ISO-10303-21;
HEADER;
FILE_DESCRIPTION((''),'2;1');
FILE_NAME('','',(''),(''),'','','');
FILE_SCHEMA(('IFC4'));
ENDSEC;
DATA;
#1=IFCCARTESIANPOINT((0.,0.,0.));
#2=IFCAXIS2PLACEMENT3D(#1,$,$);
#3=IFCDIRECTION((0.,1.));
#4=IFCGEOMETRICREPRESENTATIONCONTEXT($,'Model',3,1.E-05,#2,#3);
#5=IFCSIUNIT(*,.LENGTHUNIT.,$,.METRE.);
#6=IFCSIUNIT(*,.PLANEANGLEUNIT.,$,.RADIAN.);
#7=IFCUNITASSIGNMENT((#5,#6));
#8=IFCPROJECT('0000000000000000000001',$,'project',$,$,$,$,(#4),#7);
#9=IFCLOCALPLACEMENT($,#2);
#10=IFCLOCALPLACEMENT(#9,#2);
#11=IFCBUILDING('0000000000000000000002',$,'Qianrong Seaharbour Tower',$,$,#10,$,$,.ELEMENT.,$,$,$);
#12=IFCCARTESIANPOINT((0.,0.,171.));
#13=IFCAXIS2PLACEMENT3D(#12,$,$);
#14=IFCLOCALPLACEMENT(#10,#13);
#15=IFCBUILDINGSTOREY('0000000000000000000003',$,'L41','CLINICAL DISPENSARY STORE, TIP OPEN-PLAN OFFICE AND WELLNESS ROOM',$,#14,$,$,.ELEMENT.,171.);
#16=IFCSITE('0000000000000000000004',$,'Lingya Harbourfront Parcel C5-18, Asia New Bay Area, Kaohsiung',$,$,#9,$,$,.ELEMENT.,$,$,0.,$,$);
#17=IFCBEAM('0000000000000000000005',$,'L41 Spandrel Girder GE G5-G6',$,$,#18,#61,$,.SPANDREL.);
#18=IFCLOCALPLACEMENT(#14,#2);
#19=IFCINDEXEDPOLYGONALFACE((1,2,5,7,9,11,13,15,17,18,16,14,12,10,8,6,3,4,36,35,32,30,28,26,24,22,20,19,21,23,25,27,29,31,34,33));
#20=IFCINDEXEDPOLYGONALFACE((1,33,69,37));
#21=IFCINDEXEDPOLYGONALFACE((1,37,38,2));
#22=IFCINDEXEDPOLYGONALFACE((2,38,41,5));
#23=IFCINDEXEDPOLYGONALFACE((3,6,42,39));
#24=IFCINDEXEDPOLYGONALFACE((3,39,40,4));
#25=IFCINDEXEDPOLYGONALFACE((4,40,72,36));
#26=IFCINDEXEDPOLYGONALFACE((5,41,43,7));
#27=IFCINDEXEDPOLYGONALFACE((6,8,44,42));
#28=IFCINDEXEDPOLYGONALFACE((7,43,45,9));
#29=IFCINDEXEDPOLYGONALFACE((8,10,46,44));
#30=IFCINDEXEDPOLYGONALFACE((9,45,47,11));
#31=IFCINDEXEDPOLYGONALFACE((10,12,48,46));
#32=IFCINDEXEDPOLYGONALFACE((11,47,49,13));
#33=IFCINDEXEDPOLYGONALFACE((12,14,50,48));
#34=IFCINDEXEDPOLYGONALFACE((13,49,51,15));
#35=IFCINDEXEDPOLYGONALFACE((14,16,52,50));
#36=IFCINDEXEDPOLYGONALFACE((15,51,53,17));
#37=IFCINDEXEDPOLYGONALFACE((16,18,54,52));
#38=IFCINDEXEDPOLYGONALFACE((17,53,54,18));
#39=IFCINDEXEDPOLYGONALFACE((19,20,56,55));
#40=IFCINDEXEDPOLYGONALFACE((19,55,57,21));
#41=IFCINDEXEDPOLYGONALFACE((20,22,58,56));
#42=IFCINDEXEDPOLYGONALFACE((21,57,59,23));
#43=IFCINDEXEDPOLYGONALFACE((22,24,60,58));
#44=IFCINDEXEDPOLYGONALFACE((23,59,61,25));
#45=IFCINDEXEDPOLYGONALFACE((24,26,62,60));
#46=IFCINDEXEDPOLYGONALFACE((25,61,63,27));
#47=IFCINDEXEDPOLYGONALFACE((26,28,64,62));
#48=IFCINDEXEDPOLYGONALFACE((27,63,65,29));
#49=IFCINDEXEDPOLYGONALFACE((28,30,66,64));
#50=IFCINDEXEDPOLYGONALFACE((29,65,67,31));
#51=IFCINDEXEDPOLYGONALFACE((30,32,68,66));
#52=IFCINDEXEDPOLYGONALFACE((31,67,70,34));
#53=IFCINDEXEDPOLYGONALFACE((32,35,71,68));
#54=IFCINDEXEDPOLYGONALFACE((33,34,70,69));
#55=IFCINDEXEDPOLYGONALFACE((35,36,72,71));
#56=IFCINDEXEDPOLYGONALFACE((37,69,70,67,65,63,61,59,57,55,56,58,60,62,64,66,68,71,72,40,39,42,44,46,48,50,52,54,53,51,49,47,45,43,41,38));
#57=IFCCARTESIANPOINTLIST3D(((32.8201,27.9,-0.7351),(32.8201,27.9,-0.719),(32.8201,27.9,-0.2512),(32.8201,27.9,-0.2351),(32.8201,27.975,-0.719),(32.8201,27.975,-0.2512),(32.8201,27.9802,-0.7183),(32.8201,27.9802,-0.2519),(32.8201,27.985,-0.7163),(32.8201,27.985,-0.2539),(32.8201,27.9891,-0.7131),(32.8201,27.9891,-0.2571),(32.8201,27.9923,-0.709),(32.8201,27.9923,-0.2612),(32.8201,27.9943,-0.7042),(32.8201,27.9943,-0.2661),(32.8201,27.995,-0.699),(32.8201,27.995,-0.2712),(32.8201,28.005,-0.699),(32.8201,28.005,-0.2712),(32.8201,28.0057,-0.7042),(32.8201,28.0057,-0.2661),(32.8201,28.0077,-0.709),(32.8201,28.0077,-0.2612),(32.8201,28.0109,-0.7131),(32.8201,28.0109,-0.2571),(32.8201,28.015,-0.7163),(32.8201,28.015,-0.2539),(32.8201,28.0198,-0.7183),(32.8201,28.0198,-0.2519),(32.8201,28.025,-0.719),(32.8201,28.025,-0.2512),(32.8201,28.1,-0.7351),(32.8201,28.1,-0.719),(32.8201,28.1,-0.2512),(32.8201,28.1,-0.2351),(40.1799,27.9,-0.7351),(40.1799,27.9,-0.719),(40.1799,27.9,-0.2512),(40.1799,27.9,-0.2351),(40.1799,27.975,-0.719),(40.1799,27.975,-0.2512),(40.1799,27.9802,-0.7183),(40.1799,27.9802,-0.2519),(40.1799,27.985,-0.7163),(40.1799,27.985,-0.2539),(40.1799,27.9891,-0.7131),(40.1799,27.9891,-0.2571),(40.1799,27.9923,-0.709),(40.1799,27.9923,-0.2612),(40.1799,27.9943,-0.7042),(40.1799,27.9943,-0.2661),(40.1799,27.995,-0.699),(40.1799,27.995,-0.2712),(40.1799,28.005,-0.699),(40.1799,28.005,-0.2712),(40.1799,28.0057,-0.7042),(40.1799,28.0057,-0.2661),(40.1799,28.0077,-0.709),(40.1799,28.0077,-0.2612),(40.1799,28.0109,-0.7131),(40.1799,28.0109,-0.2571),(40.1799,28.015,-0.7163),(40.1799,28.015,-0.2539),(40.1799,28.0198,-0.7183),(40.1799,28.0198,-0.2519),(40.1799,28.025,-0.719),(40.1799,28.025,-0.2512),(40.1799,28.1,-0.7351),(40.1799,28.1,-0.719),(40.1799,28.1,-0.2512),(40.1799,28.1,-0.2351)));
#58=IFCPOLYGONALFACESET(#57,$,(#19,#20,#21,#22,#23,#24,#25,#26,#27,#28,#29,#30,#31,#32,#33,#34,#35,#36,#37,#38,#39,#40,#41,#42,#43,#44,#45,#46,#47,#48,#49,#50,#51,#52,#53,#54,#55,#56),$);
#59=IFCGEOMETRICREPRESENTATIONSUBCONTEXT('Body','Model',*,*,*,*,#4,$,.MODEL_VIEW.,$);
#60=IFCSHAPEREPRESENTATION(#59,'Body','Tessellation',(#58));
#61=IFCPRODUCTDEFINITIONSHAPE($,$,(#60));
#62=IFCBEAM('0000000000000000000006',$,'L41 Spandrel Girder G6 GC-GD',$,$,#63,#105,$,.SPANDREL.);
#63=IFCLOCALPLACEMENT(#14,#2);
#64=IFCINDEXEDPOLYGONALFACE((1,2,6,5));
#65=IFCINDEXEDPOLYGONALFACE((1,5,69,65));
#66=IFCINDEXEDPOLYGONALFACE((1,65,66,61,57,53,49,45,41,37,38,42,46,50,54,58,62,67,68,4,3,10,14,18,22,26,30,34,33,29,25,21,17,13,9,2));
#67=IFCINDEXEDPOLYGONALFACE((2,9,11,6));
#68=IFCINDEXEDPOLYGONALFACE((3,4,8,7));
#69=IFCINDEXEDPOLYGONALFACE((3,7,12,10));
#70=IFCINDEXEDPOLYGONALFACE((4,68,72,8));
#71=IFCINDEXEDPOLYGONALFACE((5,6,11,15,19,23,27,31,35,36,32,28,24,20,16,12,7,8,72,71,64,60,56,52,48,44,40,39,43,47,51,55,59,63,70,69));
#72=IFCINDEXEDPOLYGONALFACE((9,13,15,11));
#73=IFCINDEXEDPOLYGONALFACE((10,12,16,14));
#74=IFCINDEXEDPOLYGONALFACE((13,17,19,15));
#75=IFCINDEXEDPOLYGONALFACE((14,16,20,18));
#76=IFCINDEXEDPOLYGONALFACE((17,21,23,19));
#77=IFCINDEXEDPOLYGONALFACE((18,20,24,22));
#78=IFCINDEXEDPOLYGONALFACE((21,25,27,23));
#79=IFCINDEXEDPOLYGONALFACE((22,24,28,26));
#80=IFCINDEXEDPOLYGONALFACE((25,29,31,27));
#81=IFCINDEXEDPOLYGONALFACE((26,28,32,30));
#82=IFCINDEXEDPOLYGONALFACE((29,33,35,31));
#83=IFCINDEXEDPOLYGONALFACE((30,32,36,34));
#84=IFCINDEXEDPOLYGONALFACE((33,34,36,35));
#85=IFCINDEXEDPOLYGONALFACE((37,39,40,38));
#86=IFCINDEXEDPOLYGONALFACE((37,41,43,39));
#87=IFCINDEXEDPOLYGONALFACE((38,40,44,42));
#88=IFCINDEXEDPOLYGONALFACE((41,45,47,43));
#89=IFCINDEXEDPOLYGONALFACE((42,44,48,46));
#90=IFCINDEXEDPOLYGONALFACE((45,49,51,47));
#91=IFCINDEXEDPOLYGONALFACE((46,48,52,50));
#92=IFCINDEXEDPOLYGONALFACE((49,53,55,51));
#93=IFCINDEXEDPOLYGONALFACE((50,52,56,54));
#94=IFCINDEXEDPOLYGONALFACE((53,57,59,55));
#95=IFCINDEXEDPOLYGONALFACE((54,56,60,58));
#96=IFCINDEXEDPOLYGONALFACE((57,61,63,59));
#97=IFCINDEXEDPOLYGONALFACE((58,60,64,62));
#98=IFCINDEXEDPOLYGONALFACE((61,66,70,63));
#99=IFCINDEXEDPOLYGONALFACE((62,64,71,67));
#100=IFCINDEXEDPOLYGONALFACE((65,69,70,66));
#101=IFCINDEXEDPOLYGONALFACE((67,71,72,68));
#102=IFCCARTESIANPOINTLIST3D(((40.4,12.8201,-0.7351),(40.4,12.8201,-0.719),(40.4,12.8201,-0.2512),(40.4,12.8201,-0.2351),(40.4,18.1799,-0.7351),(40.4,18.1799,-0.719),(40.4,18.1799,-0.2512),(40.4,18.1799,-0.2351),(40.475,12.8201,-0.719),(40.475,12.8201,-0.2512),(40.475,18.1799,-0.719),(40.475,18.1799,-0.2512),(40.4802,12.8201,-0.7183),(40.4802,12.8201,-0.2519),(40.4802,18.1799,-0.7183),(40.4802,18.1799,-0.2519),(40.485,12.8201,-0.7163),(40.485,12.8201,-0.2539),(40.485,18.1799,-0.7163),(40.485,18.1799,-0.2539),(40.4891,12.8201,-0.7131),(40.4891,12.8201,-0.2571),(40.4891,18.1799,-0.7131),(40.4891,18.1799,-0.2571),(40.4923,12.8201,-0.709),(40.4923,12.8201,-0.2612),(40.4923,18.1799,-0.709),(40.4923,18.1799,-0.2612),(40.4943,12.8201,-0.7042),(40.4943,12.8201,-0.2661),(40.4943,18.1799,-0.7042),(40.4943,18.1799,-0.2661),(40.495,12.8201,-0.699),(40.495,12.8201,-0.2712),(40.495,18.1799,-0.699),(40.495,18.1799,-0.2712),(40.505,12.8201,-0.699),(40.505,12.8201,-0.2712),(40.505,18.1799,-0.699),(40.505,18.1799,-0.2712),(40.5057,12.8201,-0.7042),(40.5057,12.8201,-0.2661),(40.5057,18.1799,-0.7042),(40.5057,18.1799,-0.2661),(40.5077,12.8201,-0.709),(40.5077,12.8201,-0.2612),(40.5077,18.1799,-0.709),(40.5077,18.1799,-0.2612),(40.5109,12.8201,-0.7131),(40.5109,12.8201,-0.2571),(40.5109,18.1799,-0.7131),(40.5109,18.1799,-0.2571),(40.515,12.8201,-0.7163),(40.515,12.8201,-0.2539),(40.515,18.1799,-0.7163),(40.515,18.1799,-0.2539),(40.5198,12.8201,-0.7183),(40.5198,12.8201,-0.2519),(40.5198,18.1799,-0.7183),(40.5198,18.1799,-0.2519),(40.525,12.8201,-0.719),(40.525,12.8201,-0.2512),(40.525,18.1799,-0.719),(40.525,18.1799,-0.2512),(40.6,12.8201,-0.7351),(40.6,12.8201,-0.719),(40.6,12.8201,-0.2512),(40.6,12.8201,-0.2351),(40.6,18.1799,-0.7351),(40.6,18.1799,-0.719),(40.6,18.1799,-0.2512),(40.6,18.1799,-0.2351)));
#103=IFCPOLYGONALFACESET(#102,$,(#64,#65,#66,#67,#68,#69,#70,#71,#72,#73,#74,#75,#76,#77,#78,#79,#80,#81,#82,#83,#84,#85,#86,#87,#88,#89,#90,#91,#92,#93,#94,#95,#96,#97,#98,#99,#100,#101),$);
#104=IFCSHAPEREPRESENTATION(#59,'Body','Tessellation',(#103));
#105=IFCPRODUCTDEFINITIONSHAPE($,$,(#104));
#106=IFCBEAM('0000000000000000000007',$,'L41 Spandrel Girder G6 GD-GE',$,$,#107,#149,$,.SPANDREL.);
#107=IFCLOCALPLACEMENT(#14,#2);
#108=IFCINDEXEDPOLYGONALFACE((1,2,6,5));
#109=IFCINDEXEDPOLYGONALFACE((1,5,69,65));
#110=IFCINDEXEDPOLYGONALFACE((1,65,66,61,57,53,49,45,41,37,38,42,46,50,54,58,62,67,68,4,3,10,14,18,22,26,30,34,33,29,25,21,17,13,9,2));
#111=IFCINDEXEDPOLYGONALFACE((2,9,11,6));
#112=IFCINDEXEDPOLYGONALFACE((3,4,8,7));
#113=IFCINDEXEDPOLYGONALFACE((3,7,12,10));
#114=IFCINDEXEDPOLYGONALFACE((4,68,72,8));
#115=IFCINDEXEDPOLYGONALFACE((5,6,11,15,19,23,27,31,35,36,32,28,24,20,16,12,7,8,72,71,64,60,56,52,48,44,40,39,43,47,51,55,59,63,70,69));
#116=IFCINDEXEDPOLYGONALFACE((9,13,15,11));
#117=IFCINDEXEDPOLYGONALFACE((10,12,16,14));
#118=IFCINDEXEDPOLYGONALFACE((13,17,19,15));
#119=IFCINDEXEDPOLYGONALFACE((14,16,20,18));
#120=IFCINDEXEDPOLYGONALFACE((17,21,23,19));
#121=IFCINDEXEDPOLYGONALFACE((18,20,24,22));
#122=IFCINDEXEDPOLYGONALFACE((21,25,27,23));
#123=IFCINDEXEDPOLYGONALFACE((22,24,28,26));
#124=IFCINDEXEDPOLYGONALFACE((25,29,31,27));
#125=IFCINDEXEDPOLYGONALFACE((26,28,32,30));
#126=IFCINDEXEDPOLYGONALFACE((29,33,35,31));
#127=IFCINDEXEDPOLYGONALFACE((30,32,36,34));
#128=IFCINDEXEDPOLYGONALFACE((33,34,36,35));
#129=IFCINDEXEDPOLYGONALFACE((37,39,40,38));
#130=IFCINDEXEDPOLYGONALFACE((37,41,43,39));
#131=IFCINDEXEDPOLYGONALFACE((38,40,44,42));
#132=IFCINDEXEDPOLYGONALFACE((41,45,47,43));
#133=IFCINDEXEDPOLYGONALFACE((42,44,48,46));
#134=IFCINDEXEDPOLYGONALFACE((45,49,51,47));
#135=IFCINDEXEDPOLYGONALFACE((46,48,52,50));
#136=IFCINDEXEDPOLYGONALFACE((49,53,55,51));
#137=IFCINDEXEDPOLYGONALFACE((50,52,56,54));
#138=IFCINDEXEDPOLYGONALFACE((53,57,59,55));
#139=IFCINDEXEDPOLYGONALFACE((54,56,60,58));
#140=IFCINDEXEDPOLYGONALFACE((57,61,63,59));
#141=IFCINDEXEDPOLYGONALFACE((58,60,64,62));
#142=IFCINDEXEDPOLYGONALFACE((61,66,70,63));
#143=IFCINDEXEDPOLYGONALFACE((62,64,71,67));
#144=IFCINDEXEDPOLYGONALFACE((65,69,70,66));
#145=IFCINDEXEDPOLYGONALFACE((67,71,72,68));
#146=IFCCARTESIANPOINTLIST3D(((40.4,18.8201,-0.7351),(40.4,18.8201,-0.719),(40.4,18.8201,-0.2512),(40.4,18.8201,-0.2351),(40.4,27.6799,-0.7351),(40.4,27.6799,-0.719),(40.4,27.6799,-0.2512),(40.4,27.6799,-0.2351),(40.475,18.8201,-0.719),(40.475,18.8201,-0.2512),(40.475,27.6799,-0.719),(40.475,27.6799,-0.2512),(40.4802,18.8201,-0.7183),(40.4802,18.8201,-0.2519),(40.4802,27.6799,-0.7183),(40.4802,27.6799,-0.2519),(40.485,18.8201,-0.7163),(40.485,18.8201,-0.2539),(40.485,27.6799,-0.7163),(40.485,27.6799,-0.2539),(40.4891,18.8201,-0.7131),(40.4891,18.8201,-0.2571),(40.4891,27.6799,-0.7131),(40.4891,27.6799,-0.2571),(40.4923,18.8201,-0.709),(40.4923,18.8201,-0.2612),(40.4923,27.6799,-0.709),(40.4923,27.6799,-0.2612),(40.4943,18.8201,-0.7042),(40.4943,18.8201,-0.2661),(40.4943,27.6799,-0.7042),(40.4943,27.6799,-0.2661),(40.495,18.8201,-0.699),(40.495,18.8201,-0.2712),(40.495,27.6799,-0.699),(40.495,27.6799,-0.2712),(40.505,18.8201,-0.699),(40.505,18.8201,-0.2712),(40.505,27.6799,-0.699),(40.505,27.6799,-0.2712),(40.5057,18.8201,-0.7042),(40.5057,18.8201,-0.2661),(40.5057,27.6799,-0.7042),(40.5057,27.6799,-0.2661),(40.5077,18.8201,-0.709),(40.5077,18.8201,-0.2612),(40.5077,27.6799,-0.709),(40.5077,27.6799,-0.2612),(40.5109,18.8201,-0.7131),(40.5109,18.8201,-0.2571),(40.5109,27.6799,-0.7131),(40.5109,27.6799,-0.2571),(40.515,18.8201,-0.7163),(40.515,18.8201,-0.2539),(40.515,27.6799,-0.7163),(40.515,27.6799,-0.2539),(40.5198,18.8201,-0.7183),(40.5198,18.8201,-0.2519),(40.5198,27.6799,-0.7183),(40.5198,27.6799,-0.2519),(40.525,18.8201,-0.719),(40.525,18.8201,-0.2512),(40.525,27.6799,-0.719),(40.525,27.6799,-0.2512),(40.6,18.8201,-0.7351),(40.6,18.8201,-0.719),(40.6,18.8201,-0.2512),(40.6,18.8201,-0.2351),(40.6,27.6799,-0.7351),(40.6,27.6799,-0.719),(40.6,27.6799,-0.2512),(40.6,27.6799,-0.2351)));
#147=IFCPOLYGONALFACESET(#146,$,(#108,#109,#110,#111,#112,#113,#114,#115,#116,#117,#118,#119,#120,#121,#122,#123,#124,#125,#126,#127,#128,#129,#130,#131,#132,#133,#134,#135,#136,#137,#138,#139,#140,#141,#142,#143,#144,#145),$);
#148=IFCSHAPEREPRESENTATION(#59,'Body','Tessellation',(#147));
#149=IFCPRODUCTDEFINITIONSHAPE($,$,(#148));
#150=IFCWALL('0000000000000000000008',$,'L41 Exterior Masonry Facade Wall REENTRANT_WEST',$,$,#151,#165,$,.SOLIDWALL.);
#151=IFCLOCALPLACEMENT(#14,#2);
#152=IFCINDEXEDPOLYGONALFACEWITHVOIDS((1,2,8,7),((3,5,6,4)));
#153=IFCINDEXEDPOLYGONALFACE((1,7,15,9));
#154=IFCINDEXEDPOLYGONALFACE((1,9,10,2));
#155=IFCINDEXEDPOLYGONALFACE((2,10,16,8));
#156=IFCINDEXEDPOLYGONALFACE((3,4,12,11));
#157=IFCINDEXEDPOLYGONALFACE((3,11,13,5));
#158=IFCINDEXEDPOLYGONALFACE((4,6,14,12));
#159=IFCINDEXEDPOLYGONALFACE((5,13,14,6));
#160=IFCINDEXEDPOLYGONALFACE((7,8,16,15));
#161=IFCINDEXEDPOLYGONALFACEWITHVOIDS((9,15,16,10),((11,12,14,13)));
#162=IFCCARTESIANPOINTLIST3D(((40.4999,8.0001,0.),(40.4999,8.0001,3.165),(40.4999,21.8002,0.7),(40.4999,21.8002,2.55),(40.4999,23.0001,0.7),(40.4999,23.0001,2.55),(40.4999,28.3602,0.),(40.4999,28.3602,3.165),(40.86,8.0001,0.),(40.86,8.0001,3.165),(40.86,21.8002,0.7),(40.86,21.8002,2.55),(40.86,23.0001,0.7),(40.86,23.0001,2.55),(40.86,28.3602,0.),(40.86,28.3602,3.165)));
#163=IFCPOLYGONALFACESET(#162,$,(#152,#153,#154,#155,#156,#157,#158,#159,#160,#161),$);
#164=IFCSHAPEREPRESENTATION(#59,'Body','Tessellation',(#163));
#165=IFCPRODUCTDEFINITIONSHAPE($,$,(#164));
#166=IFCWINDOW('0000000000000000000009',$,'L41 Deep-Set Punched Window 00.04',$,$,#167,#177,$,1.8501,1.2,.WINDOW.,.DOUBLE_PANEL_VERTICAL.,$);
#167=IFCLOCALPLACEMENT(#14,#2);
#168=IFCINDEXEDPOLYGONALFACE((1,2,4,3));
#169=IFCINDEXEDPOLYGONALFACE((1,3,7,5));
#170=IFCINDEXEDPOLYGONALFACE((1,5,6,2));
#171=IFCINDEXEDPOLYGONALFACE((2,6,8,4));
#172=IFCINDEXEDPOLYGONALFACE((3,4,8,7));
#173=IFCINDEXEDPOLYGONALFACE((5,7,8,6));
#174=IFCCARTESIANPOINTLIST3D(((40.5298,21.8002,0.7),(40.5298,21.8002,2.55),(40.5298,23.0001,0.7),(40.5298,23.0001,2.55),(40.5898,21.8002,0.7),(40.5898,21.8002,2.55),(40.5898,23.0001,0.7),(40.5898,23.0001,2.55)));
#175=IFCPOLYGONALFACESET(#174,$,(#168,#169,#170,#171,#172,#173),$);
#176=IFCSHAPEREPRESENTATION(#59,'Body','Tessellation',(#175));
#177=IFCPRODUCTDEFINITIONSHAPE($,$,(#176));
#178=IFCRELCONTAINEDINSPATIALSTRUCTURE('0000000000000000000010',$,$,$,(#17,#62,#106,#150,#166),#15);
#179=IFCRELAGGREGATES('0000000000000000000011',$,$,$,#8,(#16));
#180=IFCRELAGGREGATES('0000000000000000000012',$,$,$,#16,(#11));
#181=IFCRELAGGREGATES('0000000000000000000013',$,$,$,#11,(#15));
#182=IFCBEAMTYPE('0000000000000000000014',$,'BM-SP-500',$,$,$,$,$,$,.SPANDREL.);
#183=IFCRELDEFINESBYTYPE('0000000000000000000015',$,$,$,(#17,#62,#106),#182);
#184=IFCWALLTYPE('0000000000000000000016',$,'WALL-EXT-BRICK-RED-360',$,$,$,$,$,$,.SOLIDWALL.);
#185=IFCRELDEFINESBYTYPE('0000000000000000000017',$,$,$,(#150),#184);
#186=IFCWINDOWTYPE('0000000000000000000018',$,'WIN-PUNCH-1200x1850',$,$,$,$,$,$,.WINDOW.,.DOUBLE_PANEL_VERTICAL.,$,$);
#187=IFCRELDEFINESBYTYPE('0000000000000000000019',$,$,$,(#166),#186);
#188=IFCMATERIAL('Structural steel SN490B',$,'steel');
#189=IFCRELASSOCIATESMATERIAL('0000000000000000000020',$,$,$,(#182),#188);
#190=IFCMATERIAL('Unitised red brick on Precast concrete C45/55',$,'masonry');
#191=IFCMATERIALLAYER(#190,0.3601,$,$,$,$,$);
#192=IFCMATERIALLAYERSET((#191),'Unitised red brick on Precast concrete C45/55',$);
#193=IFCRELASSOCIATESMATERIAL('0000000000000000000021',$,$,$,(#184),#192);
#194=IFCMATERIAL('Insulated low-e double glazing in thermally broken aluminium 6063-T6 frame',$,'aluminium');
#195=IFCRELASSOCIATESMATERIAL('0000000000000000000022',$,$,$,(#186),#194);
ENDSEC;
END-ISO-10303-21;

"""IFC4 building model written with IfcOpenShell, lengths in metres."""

from ifc_helpers import new_model, si_unit, direction, frame, frame_2d, origin, origin_2d, place, context, subcontext, project, spatial, rectangle, i_section, extrude, material, layer, layer_set, material_profile, profile_set, type_object, element, fill, save


model = new_model("IFC4")

# Units and contexts
model_context = context("Model", 3, precision=1e-05, world=origin(), true_north=direction((0.0, 1.0)))
body_context = subcontext(model_context, "Body", "Model", "MODEL_VIEW")
ifc_project = project(units=[si_unit("LENGTHUNIT", "METRE"), si_unit("PLANEANGLEUNIT", "RADIAN")], contexts=[model_context])

# Site, building, storey
site_placement = place(None, origin())
site = spatial("IfcSite", under=ifc_project, at=site_placement, Name="Lingya Harbourfront Parcel C5-18, Asia New Bay Area, Kaohsiung", CompositionType="ELEMENT", RefElevation=0.0)
building_placement = place(site_placement, origin())
building = spatial("IfcBuilding", under=site, at=building_placement, Name="Qianrong Seaharbour Tower", CompositionType="ELEMENT")
storey_placement = place(building_placement, frame((0.0, 0.0, 171.0)))
storey = spatial("IfcBuildingStorey", under=building, at=storey_placement, Name="L41", Description="CLINICAL DISPENSARY STORE, TIP OPEN-PLAN OFFICE AND WELLNESS ROOM", CompositionType="ELEMENT", Elevation=171.0)

# Shared definitions
ifc_material_1 = material(Name="Structural steel SN490B", Category="steel")

# Beams
ifc_material_profile_1 = material_profile(ifc_material_1, i_section(OverallWidth=0.2, OverallDepth=0.5, WebThickness=0.01, FlangeThickness=0.0161, FilletRadius=0.02, at=origin_2d()), Name="H500x200x10x16")
ifc_profile_set_1 = profile_set([ifc_material_profile_1], Name="Structural steel SN490B")
beam_type_1 = type_object("IfcBeamType", Name="BM-SP-500", PredefinedType="SPANDREL", material=ifc_profile_set_1)
for number, where, z_axis, x_axis, name in (
    (1, (32.8201, 28.0, -0.4851), (1.0, 0.0, 0.0), (0.0, 1.0, 0.0), "L41 Spandrel Girder GE G5-G6"),
):
    element("IfcBeam", number, at=place(storey_placement, frame(where, z_axis=z_axis, x_axis=x_axis)), inside=storey, type_object=beam_type_1, Name=name, PredefinedType="SPANDREL", context=body_context, shape_type="SweptSolid", body=[
        extrude(i_section(OverallWidth=0.2, OverallDepth=0.5, WebThickness=0.01, FlangeThickness=0.0161, FilletRadius=0.02, at=origin_2d()), origin(), (0.0, 0.0, 1.0), 7.3599),
    ])
beam_1_placement = place(storey_placement, frame((40.5, 12.8201, -0.4851), z_axis=(0.0, 1.0, 0.0), x_axis=(-1.0, 0.0, 0.0)))
element("IfcBeam", 2, at=beam_1_placement, inside=storey, type_object=beam_type_1, Name="L41 Spandrel Girder G6 GC-GD", PredefinedType="SPANDREL", context=body_context, shape_type="SweptSolid", body=[
    extrude(i_section(OverallWidth=0.2, OverallDepth=0.5, WebThickness=0.01, FlangeThickness=0.0161, FilletRadius=0.02, at=origin_2d()), origin(), (0.0, 0.0, 1.0), 5.3599),
])
beam_2_placement = place(storey_placement, frame((40.5, 18.8201, -0.4851), z_axis=(0.0, 1.0, 0.0), x_axis=(-1.0, 0.0, 0.0)))
element("IfcBeam", 3, at=beam_2_placement, inside=storey, type_object=beam_type_1, Name="L41 Spandrel Girder G6 GD-GE", PredefinedType="SPANDREL", context=body_context, shape_type="SweptSolid", body=[
    extrude(i_section(OverallWidth=0.2, OverallDepth=0.5, WebThickness=0.01, FlangeThickness=0.0161, FilletRadius=0.02, at=origin_2d()), origin(), (0.0, 0.0, 1.0), 8.8599),
])

# Wall, opening, window
ifc_material_2 = material(Name="Unitised red brick on Precast concrete C45/55", Category="masonry")
ifc_layer = layer(ifc_material_2, 0.3601)
ifc_layer_set = layer_set([ifc_layer], Name="Unitised red brick on Precast concrete C45/55")
wall_type = type_object("IfcWallType", Name="WALL-EXT-BRICK-RED-360", PredefinedType="SOLIDWALL", material=ifc_layer_set)
wall_placement = place(storey_placement, frame((40.6799, 8.0, 0.0), z_axis=(0.0, 0.0, 1.0), x_axis=(0.0, 1.0, 0.0)))
wall = element("IfcWall", 4, at=wall_placement, inside=storey, type_object=wall_type, Name="L41 Exterior Masonry Facade Wall REENTRANT_WEST", PredefinedType="SOLIDWALL", context=body_context, shape_type="SweptSolid", body=[
    extrude(rectangle(XDim=20.3601, YDim=0.3601, at=frame_2d((10.1802, 0.0))), origin(), (0.0, 0.0, 1.0), 3.165),
])
opening_placement = place(wall_placement, frame((13.8, 0.0, 0.7)))
opening = element("IfcOpeningElement", 5, at=opening_placement, cuts=wall, PredefinedType="OPENING", context=body_context, shape_type="SweptSolid", body=[
    extrude(rectangle(XDim=1.2, YDim=1.8501, at=frame_2d((0.6001, 0.925))), frame((0.0, 0.1899, 0.0), z_axis=(0.0, -1.0, 0.0), x_axis=(1.0, 0.0, 0.0)), (0.0, 0.0, 1.0), 0.3801),
])
ifc_material_3 = material(Name="Insulated low-e double glazing in thermally broken aluminium 6063-T6 frame", Category="aluminium")
window_type = type_object("IfcWindowType", Name="WIN-PUNCH-1200x1850", PartitioningType="DOUBLE_PANEL_VERTICAL", PredefinedType="WINDOW", material=ifc_material_3)
window_placement = place(opening_placement, origin())
window = element("IfcWindow", 6, at=window_placement, inside=storey, type_object=window_type, Name="L41 Deep-Set Punched Window 00.04", OverallHeight=1.8501, OverallWidth=1.2, PartitioningType="DOUBLE_PANEL_VERTICAL", PredefinedType="WINDOW", context=body_context, shape_type="SweptSolid", body=[
    extrude(rectangle(XDim=1.2, YDim=1.8501, at=frame_2d((0.6001, 0.925))), frame((0.0, 0.1501, 0.0), z_axis=(0.0, -1.0, 0.0), x_axis=(1.0, 0.0, 0.0)), (0.0, 0.0, 1.0), 0.0601),
])
fill(opening, window)

save(model, "model.ifc")
